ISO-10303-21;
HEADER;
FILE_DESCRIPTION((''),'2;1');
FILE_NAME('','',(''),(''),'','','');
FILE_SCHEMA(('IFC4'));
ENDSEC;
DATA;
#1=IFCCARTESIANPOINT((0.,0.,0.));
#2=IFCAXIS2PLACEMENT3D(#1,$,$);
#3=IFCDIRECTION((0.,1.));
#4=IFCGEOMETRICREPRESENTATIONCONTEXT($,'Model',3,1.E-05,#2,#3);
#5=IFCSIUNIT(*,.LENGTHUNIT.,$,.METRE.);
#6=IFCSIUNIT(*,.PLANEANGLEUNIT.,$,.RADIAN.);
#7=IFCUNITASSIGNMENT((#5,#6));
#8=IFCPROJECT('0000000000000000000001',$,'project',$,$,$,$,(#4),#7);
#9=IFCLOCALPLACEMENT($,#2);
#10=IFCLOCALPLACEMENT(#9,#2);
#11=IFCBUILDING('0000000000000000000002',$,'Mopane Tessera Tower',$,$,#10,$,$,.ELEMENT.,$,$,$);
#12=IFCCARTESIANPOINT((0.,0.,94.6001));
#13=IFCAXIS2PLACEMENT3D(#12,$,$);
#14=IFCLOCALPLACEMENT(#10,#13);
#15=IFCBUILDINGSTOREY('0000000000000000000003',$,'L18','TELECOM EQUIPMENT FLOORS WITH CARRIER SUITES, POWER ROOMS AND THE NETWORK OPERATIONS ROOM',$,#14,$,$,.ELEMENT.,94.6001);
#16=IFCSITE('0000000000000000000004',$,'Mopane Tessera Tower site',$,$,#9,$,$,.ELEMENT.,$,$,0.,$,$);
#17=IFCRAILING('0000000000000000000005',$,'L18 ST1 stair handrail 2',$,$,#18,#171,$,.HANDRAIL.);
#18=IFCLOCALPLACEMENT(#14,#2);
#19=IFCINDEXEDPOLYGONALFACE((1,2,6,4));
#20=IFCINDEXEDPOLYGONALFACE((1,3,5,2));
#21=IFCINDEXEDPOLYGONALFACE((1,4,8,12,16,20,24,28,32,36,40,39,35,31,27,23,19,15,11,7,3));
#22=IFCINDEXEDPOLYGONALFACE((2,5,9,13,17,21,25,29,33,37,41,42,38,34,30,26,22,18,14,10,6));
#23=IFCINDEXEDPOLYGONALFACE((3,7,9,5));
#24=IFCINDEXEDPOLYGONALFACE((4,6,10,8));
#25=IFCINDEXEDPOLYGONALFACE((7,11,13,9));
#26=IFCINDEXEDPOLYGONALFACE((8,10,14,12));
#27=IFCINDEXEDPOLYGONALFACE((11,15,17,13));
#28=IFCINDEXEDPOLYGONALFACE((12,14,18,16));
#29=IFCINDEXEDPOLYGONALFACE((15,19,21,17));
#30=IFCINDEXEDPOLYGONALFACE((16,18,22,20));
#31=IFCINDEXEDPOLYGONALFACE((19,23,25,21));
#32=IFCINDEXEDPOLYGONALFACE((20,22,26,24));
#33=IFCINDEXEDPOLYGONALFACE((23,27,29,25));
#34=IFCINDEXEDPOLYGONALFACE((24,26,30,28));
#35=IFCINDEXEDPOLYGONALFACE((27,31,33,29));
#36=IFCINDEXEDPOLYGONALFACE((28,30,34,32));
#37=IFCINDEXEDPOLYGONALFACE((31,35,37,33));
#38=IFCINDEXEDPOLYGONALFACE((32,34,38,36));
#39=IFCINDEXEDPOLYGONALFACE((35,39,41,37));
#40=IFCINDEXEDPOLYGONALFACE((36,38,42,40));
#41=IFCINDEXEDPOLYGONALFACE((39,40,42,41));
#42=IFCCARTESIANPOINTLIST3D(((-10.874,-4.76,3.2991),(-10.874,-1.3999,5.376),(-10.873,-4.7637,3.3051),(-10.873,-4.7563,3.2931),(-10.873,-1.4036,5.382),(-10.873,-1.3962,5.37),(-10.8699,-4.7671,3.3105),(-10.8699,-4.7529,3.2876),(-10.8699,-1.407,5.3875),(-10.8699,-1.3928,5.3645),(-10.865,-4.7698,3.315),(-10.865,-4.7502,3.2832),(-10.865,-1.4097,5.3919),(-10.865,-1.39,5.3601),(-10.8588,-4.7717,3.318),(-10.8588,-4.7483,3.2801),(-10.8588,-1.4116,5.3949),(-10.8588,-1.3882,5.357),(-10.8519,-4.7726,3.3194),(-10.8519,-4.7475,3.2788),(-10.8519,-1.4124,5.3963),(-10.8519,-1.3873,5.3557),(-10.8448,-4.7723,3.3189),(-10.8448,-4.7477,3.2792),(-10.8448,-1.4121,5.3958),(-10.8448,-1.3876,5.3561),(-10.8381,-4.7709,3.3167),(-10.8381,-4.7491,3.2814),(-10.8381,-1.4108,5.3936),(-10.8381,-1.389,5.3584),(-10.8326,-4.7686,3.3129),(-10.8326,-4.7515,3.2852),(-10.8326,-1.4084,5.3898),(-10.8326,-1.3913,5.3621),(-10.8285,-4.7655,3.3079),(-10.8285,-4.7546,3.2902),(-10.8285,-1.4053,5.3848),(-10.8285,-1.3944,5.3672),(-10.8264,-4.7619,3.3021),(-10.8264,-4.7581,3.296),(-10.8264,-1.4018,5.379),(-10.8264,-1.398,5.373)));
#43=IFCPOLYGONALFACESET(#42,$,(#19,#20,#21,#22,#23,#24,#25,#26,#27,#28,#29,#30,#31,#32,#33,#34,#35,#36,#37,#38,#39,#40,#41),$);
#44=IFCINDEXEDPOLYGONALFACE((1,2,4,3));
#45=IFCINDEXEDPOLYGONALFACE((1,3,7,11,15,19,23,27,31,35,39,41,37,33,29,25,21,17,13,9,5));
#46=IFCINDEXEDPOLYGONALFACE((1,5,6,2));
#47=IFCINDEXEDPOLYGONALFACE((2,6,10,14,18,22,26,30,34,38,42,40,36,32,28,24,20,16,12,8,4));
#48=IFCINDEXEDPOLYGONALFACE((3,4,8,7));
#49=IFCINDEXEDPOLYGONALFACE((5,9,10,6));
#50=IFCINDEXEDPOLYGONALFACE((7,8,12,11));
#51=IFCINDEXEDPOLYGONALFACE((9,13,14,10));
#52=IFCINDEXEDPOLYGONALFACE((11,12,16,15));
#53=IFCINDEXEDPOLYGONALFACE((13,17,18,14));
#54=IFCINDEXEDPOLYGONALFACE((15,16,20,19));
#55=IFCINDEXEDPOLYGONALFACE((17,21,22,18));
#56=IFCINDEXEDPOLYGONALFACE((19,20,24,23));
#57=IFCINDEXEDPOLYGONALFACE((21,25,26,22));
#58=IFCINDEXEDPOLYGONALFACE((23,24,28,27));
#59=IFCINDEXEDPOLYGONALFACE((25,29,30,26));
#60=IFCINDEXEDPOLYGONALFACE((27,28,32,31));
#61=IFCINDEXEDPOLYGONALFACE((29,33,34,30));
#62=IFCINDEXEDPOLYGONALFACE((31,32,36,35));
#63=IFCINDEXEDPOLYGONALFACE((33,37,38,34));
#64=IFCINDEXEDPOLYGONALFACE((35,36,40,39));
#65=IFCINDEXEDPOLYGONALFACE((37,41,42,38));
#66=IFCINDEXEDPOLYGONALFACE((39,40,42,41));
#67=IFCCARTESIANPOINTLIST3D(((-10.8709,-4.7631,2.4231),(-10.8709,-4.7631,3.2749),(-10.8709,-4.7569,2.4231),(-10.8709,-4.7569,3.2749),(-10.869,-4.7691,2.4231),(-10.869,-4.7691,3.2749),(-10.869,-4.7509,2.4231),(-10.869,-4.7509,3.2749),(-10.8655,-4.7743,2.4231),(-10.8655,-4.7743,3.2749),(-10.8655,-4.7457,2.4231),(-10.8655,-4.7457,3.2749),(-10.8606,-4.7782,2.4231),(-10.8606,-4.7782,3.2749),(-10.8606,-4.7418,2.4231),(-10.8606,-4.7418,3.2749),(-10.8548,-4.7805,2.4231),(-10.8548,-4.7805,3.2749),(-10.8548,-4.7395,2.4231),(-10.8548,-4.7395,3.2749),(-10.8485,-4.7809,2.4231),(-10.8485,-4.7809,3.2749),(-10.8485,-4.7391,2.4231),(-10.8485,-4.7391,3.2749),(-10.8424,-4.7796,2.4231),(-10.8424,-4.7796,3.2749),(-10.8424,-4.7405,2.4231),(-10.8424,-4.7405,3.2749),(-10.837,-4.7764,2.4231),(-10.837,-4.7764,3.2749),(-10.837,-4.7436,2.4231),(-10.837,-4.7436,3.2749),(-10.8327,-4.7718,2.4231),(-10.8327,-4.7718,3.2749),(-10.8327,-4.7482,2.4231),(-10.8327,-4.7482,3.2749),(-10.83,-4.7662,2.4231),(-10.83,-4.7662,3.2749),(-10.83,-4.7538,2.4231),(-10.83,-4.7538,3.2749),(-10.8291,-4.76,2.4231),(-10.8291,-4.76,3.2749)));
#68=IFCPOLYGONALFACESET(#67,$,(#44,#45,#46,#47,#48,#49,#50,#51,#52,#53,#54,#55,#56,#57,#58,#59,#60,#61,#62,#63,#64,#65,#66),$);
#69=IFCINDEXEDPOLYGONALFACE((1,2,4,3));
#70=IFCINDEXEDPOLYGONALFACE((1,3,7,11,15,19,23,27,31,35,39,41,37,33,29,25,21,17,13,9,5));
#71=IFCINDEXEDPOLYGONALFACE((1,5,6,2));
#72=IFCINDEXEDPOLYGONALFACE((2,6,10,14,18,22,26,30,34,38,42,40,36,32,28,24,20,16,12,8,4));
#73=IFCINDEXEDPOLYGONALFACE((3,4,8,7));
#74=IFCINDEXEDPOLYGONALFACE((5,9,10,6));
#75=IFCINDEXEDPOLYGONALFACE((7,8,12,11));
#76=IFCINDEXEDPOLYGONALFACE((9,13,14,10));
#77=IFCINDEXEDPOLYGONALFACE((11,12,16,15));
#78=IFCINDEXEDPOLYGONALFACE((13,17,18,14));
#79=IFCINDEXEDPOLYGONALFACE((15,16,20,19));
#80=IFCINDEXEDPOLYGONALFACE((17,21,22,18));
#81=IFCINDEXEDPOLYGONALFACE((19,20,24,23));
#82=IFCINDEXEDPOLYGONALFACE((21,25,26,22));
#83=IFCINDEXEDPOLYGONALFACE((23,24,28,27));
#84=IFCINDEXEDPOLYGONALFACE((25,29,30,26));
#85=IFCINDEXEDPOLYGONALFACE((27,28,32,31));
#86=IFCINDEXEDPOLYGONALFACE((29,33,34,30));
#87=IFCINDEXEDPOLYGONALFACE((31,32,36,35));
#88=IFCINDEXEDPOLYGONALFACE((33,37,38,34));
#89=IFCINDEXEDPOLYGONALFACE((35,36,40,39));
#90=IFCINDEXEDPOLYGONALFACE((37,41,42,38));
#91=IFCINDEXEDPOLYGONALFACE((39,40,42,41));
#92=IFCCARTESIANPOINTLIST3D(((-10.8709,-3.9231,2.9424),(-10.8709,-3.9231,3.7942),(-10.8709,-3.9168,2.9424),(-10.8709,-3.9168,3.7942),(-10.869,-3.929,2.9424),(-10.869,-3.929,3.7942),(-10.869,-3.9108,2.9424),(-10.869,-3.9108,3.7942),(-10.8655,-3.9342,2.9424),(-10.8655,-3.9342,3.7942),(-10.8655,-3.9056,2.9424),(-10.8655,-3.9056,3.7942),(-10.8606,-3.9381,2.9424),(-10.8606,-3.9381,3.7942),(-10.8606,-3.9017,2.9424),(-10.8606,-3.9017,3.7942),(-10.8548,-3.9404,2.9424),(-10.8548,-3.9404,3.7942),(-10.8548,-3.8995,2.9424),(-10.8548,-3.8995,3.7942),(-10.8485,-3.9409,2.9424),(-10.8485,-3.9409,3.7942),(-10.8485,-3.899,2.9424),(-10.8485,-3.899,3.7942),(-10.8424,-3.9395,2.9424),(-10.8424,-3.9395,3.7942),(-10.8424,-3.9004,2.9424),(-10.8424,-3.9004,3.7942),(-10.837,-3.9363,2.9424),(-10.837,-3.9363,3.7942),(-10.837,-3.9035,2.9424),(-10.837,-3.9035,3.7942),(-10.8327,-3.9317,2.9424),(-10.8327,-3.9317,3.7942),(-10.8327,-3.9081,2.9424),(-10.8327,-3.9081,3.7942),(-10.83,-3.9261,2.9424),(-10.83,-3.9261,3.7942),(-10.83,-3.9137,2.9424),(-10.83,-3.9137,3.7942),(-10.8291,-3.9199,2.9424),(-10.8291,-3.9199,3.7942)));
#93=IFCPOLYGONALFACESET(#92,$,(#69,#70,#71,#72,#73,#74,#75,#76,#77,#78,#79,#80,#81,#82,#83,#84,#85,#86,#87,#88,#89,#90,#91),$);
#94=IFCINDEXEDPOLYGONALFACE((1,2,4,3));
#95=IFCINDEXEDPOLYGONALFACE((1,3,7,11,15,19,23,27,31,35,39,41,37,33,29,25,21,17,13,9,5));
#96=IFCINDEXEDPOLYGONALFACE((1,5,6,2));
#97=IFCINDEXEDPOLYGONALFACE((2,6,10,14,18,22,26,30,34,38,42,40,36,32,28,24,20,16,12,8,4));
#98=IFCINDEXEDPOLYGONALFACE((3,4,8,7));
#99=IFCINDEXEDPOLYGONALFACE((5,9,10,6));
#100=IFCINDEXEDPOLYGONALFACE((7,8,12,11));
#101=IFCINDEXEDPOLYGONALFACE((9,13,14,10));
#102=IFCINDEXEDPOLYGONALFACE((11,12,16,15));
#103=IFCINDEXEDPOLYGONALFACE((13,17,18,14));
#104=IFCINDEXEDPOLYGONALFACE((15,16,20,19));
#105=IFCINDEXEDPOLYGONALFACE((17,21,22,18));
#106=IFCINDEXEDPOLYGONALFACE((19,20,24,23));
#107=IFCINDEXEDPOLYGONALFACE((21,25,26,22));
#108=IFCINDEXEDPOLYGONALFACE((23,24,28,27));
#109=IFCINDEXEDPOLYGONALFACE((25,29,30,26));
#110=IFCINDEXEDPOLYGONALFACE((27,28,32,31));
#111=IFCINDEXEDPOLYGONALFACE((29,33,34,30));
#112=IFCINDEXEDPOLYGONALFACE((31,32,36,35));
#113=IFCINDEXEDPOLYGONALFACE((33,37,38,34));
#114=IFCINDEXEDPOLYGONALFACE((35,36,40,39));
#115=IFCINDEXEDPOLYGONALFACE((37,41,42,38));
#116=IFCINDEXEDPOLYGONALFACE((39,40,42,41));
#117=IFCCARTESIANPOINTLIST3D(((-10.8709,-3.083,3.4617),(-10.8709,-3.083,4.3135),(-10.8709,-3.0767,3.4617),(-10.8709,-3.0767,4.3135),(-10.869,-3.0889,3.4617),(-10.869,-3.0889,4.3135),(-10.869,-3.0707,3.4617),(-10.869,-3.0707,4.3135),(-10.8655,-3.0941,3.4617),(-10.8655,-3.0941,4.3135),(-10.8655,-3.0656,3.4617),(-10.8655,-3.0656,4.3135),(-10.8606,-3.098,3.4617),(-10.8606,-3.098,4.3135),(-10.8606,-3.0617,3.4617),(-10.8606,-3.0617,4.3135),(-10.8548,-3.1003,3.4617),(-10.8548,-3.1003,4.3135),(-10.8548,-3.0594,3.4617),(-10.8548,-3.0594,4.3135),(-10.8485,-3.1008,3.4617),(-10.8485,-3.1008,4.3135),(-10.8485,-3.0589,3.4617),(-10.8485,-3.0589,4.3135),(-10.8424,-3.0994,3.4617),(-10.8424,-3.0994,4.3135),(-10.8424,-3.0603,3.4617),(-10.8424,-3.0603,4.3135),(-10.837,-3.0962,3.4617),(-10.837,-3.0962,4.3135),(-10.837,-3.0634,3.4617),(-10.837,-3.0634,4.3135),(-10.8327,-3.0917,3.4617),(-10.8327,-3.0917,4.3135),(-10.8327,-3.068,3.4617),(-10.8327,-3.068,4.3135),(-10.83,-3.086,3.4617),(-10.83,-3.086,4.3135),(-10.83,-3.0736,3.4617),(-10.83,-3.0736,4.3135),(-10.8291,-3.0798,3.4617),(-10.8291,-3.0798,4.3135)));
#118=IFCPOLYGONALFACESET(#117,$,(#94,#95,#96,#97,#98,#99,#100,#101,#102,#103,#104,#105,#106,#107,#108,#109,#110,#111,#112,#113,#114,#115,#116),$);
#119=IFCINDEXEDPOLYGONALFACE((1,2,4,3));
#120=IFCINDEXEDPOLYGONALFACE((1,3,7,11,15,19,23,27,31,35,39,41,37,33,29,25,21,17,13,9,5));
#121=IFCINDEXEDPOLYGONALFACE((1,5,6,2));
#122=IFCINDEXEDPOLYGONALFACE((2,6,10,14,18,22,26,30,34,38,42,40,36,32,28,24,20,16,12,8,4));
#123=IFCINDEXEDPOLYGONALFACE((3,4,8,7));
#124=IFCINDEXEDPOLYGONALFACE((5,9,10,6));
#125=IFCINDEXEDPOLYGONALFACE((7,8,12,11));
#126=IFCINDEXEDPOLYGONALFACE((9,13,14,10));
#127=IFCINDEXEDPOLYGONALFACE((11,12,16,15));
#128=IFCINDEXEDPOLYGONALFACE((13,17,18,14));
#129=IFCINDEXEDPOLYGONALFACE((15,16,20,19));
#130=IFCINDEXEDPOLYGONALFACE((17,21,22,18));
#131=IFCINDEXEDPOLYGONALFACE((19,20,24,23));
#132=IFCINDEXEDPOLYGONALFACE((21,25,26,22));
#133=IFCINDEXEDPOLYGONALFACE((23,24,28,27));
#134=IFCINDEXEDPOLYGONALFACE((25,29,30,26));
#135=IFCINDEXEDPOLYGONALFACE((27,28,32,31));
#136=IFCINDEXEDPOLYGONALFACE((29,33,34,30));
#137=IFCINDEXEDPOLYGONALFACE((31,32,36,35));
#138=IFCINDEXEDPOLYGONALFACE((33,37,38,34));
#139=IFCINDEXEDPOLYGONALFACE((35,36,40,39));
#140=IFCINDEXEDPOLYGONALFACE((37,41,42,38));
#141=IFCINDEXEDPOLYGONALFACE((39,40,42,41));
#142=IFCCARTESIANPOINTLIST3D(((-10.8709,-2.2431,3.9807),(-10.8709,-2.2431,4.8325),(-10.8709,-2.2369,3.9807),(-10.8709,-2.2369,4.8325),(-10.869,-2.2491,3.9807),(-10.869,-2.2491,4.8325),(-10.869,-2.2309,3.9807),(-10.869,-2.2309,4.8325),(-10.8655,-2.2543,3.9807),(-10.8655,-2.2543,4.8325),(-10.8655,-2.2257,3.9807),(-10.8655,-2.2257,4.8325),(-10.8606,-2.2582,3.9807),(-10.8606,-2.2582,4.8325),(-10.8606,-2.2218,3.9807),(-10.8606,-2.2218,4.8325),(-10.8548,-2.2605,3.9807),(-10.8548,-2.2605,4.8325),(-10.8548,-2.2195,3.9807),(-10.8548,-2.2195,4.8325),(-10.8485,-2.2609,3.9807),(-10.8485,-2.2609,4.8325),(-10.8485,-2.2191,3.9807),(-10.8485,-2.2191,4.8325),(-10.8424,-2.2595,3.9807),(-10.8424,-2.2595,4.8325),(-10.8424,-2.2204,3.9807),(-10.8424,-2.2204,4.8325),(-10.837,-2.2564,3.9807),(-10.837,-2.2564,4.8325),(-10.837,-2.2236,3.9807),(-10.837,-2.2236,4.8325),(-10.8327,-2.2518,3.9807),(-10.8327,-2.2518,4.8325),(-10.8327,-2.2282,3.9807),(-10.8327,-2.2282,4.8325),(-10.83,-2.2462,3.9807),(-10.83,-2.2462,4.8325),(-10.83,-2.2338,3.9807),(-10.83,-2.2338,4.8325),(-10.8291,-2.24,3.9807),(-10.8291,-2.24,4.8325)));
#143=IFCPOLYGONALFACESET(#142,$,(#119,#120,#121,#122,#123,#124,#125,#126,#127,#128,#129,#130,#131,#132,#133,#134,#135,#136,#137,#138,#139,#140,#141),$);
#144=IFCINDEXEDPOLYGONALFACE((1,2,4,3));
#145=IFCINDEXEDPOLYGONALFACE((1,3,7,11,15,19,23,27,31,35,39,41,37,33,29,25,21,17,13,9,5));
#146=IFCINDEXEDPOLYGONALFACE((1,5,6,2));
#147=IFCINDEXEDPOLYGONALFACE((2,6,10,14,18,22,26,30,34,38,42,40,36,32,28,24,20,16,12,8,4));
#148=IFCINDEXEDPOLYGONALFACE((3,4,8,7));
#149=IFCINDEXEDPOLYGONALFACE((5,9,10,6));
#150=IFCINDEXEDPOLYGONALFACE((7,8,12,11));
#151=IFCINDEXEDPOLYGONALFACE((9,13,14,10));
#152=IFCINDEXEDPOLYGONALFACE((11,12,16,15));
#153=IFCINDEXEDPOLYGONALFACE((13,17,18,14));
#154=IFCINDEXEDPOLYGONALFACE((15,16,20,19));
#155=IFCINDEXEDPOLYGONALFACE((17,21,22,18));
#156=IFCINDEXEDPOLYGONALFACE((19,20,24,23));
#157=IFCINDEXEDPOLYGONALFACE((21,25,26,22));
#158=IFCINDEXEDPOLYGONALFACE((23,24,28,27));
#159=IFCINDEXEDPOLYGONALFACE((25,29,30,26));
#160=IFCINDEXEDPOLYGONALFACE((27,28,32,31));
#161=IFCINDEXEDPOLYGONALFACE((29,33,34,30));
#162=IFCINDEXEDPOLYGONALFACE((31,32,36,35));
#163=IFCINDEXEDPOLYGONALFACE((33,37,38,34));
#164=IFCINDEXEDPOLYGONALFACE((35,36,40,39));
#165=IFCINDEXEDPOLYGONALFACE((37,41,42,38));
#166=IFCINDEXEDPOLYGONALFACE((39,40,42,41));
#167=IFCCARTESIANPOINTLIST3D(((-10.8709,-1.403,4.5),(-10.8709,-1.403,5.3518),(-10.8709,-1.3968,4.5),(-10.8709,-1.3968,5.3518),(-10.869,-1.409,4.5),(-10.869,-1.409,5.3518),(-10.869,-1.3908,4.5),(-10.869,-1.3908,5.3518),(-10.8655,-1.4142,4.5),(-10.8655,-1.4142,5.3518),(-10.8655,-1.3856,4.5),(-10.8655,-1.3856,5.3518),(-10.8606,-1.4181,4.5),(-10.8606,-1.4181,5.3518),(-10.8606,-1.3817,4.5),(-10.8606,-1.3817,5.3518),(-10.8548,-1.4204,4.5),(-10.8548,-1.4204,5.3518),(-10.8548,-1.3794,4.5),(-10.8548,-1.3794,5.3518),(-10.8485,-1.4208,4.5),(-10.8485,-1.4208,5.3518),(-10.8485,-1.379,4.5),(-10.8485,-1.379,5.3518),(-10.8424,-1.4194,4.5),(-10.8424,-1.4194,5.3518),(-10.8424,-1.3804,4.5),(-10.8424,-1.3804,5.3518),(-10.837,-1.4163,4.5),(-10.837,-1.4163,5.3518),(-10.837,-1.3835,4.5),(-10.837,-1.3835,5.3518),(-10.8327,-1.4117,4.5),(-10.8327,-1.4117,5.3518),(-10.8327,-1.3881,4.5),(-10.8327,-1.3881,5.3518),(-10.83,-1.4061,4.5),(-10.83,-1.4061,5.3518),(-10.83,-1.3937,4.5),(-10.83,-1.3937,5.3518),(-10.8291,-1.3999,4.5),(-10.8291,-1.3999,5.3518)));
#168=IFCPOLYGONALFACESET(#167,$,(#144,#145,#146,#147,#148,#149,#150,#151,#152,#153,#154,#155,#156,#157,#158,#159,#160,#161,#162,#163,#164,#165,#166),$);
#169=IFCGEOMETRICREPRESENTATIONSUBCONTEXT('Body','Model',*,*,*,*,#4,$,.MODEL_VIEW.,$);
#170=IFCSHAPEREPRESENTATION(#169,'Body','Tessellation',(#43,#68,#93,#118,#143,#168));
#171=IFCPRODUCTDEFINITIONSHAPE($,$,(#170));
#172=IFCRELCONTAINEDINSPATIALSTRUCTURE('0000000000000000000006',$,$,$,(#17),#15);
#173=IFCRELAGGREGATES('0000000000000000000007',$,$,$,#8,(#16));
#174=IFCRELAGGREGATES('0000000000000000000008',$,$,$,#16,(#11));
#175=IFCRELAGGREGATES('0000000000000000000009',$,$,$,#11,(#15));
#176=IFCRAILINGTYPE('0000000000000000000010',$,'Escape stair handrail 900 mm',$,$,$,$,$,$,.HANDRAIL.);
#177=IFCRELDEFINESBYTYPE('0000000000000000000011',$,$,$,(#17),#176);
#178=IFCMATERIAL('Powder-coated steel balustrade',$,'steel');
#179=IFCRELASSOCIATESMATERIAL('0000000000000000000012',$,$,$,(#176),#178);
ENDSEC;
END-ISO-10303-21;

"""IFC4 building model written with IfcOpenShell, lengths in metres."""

from ifc_helpers import new_model, si_unit, direction, frame, origin, origin_2d, place, context, subcontext, project, spatial, circle, extrude, material, type_object, element, save


model = new_model("IFC4")

# Units and contexts
model_context = context("Model", 3, precision=1e-05, world=origin(), true_north=direction((0.0, 1.0)))
body_context = subcontext(model_context, "Body", "Model", "MODEL_VIEW")
ifc_project = project(units=[si_unit("LENGTHUNIT", "METRE"), si_unit("PLANEANGLEUNIT", "RADIAN")], contexts=[model_context])

# Site, building, storey
site_placement = place(None, origin())
site = spatial("IfcSite", under=ifc_project, at=site_placement, Name="Mopane Tessera Tower site", CompositionType="ELEMENT", RefElevation=0.0)
building_placement = place(site_placement, origin())
building = spatial("IfcBuilding", under=site, at=building_placement, Name="Mopane Tessera Tower", CompositionType="ELEMENT")
storey_placement = place(building_placement, frame((0.0, 0.0, 94.6001)))
storey = spatial("IfcBuildingStorey", under=building, at=storey_placement, Name="L18", Description="TELECOM EQUIPMENT FLOORS WITH CARRIER SUITES, POWER ROOMS AND THE NETWORK OPERATIONS ROOM", CompositionType="ELEMENT", Elevation=94.6001)

# Railing
ifc_material_1 = material(Name="Powder-coated steel balustrade", Category="steel")
railing_type = type_object("IfcRailingType", Name="Escape stair handrail 900 mm", PredefinedType="HANDRAIL", material=ifc_material_1)
railing_placement = place(storey_placement, frame((-10.8501, -4.76, 2.4231)))
element("IfcRailing", 1, at=railing_placement, inside=storey, type_object=railing_type, Name="L18 ST1 stair handrail 2", PredefinedType="HANDRAIL", context=body_context, shape_type="SweptSolid", body=[
    extrude(circle(Radius=0.0239, at=origin_2d()), frame((0.0, 0.0, 0.876), z_axis=(0.0, 0.850623, 0.525776), x_axis=(-1.0, 0.0, 0.0)), (0.0, 0.0, 1.0), 3.9502),
    extrude(circle(Radius=0.021, at=origin_2d()), origin(), (0.0, 0.0, 1.0), 0.8518),
    extrude(circle(Radius=0.021, at=origin_2d()), frame((0.0, 0.8401, 0.5193)), (0.0, 0.0, 1.0), 0.8518),
    extrude(circle(Radius=0.021, at=origin_2d()), frame((0.0, 1.6802, 1.0386)), (0.0, 0.0, 1.0), 0.8518),
    extrude(circle(Radius=0.021, at=origin_2d()), frame((0.0, 2.52, 1.5576)), (0.0, 0.0, 1.0), 0.8518),
    extrude(circle(Radius=0.021, at=origin_2d()), frame((0.0, 3.3601, 2.0769)), (0.0, 0.0, 1.0), 0.8518),
])

save(model, "model.ifc")
